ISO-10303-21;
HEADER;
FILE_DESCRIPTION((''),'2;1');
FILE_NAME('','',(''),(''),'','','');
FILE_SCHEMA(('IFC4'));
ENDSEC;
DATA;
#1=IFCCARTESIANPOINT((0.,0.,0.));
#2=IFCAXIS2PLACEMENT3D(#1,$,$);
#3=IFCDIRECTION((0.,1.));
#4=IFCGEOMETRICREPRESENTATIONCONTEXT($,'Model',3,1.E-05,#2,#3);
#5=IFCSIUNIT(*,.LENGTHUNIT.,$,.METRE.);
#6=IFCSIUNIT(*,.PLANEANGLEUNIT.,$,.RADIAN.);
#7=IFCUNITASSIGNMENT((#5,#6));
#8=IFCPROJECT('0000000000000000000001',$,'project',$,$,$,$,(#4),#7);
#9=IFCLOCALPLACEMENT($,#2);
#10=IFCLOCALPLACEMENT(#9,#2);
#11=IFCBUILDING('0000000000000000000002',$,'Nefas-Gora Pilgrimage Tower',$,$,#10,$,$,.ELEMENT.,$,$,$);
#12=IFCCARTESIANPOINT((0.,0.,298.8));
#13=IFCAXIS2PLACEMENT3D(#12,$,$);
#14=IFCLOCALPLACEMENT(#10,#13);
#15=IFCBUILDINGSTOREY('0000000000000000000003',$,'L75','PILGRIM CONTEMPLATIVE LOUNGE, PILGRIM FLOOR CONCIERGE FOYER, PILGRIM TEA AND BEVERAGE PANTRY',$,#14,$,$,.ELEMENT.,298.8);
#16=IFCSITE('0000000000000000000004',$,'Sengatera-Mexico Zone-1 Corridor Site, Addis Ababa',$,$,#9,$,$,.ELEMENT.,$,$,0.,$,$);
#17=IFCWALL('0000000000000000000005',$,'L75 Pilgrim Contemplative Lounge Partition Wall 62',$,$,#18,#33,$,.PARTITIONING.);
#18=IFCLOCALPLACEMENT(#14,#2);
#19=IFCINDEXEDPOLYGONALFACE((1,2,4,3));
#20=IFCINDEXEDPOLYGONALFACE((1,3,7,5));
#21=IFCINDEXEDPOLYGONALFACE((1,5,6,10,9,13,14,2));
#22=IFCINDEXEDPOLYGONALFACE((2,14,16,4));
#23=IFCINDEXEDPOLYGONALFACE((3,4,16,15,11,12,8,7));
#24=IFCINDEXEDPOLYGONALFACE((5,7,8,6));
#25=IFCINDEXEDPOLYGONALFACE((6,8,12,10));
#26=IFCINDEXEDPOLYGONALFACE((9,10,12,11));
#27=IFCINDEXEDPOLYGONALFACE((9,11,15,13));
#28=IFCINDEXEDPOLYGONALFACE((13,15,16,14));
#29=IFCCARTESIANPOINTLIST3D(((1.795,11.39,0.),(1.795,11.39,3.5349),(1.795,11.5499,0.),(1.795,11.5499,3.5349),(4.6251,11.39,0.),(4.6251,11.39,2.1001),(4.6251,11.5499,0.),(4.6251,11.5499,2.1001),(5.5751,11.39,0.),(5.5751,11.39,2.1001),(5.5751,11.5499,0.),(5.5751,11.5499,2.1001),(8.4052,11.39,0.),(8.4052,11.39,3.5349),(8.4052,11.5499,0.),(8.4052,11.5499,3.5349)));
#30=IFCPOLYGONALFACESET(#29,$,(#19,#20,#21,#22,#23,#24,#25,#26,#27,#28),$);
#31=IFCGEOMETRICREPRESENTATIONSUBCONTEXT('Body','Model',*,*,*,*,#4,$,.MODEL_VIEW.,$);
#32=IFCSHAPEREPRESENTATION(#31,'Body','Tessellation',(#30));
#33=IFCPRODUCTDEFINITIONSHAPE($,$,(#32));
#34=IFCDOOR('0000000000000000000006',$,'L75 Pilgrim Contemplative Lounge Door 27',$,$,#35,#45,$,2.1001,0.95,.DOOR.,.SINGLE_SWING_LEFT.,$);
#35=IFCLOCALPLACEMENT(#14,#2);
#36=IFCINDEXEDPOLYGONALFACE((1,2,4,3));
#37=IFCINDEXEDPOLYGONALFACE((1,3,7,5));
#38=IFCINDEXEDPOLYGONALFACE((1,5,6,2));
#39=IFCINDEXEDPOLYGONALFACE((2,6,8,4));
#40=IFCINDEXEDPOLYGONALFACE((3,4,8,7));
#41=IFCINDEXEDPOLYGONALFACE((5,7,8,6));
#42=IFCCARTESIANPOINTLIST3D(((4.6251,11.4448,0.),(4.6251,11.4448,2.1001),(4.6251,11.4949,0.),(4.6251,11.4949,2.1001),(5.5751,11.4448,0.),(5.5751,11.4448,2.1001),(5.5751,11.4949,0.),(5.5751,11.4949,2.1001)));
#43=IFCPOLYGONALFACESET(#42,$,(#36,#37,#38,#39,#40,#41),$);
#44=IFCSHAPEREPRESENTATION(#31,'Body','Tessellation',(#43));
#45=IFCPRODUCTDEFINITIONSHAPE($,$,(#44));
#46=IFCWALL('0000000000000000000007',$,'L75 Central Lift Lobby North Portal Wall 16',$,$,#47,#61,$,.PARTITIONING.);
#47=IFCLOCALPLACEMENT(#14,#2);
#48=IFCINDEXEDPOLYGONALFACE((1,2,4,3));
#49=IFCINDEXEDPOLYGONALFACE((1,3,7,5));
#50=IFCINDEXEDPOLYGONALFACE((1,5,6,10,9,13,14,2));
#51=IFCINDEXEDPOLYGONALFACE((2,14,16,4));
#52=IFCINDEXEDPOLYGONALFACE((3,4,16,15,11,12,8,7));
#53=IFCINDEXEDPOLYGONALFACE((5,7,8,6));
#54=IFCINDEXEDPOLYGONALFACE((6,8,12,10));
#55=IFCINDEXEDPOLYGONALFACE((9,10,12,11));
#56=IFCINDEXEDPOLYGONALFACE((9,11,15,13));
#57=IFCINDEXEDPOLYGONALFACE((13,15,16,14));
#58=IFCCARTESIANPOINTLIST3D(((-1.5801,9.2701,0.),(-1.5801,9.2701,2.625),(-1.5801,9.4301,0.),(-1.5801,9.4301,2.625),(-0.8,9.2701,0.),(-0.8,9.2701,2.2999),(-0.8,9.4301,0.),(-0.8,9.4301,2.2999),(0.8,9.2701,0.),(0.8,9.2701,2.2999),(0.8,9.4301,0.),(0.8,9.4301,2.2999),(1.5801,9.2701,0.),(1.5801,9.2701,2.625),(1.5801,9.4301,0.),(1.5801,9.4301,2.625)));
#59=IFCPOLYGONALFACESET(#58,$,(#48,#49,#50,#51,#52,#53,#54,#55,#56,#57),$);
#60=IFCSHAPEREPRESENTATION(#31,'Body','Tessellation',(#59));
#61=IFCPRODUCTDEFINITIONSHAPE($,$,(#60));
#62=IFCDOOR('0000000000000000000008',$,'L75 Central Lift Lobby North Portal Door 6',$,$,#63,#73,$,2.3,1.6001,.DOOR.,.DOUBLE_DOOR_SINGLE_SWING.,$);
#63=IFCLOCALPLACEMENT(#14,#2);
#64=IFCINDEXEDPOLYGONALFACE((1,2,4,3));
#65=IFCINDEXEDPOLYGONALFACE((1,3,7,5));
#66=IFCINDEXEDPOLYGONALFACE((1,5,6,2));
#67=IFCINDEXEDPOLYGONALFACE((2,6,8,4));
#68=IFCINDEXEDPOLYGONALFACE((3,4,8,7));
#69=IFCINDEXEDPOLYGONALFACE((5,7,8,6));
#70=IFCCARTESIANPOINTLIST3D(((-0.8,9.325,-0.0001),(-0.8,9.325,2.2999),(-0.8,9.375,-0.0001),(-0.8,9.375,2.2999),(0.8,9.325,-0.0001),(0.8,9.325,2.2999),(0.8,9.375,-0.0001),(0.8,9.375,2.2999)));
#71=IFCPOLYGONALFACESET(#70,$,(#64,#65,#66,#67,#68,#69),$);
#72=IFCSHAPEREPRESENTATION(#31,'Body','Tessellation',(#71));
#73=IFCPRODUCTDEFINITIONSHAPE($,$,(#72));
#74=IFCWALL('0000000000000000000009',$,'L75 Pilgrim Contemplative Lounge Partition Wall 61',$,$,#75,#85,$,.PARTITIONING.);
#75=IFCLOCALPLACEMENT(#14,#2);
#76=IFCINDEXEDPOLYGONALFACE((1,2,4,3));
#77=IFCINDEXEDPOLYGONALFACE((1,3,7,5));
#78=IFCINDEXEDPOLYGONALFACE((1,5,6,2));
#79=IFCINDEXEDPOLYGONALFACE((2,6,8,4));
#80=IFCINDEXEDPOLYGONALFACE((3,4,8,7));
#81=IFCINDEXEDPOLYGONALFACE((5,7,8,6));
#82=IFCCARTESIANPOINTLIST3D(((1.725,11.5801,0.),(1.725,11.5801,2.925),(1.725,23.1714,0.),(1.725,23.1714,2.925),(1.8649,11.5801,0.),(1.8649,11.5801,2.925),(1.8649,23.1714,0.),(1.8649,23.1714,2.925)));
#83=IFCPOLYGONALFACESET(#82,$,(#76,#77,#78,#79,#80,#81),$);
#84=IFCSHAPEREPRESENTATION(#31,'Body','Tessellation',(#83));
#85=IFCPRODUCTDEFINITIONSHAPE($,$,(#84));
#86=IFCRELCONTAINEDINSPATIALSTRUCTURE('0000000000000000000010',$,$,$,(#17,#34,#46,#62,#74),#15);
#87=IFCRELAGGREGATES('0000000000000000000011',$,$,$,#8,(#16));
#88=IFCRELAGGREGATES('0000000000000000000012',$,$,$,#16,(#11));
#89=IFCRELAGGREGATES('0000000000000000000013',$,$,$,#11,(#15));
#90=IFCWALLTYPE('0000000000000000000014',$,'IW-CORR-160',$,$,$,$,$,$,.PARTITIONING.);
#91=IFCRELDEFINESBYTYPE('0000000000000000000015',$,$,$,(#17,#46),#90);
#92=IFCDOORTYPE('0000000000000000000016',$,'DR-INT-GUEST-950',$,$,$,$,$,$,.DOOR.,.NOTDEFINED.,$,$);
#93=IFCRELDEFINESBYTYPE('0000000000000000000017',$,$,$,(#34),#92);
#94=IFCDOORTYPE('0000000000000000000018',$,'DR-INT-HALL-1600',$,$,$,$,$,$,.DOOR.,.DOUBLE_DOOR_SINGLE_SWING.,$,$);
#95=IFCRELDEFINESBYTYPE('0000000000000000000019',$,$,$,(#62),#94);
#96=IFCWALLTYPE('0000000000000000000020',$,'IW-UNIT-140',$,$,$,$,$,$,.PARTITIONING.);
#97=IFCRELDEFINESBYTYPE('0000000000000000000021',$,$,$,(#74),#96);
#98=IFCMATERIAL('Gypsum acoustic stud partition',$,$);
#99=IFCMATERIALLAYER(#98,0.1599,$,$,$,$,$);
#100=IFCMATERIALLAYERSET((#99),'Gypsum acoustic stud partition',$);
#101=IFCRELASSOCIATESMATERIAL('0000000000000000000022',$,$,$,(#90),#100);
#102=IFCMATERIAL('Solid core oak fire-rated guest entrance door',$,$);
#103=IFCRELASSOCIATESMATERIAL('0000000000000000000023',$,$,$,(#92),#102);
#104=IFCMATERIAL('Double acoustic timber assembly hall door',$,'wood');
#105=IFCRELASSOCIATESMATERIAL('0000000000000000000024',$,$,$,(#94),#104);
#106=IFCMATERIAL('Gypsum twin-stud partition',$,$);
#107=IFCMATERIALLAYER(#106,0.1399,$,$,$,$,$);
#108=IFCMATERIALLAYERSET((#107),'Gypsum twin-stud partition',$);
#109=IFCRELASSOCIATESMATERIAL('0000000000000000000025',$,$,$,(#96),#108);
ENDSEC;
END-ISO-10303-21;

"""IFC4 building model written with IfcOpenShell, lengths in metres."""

from ifc_helpers import new_model, si_unit, direction, frame, frame_2d, origin, place, context, subcontext, project, spatial, rectangle, extrude, source, transform, mapped, material, layer, layer_set, type_object, element, fill, save


model = new_model("IFC4")

# Units and contexts
model_context = context("Model", 3, precision=1e-05, world=origin(), true_north=direction((0.0, 1.0)))
body_context = subcontext(model_context, "Body", "Model", "MODEL_VIEW")
ifc_project = project(units=[si_unit("LENGTHUNIT", "METRE"), si_unit("PLANEANGLEUNIT", "RADIAN")], contexts=[model_context])

# Site, building, storey
site_placement = place(None, origin())
site = spatial("IfcSite", under=ifc_project, at=site_placement, Name="Sengatera-Mexico Zone-1 Corridor Site, Addis Ababa", CompositionType="ELEMENT", RefElevation=0.0)
building_placement = place(site_placement, origin())
building = spatial("IfcBuilding", under=site, at=building_placement, Name="Nefas-Gora Pilgrimage Tower", CompositionType="ELEMENT")
storey_placement = place(building_placement, frame((0.0, 0.0, 298.8)))
storey = spatial("IfcBuildingStorey", under=building, at=storey_placement, Name="L75", Description="PILGRIM CONTEMPLATIVE LOUNGE, PILGRIM FLOOR CONCIERGE FOYER, PILGRIM TEA AND BEVERAGE PANTRY", CompositionType="ELEMENT", Elevation=298.8)

# Walls, openings, doors
ifc_material_1 = material(Name="Gypsum acoustic stud partition")
ifc_layer_1 = layer(ifc_material_1, 0.1599)
ifc_layer_set_1 = layer_set([ifc_layer_1], Name="Gypsum acoustic stud partition")
wall_type_1 = type_object("IfcWallType", Name="IW-CORR-160", PredefinedType="PARTITIONING", material=ifc_layer_set_1)
shared_shape_1 = source(origin(), body_context, "Body", "SweptSolid", [
    extrude(rectangle(XDim=6.6101, YDim=0.1599, at=frame_2d((3.3052, 0.0))), origin(), (0.0, 0.0, 1.0), 3.5349),
])
wall_1_placement = place(storey_placement, frame((1.7949, 11.47, 0.0), z_axis=(0.0, 0.0, 1.0), x_axis=(1.0, 0.0, 0.0)))
wall_1 = element("IfcWall", 1, at=wall_1_placement, inside=storey, type_object=wall_type_1, Name="L75 Pilgrim Contemplative Lounge Partition Wall 62", PredefinedType="PARTITIONING", context=body_context, shape_type="MappedRepresentation", body=[
    mapped(shared_shape_1, transform((0.0, 0.0, 0.0), x_axis=(1.0, 0.0, 0.0), y_axis=(0.0, 1.0, 0.0), z_axis=(0.0, 0.0, 1.0), scale=1.0)),
])
opening_1_placement = place(wall_1_placement, frame((2.8301, 0.0, 0.0)))
opening_1 = element("IfcOpeningElement", 2, at=opening_1_placement, cuts=wall_1, PredefinedType="OPENING", context=body_context, shape_type="SweptSolid", body=[
    extrude(rectangle(XDim=0.95, YDim=2.1001, at=frame_2d((0.4751, 1.05))), frame((0.0, 0.0898, 0.0), z_axis=(0.0, -1.0, 0.0), x_axis=(1.0, 0.0, 0.0)), (0.0, 0.0, 1.0), 0.1799),
])
ifc_material_2 = material(Name="Solid core oak fire-rated guest entrance door")
door_type_1 = type_object("IfcDoorType", Name="DR-INT-GUEST-950", OperationType="NOTDEFINED", PredefinedType="DOOR", material=ifc_material_2)
shared_shape_2 = source(origin(), body_context, "Body", "SweptSolid", [
    extrude(rectangle(XDim=0.95, YDim=2.1001, at=frame_2d((0.4751, 1.05))), frame((0.0, 0.0249, 0.0), z_axis=(0.0, -1.0, 0.0), x_axis=(1.0, 0.0, 0.0)), (0.0, 0.0, 1.0), 0.05),
])
door_1_placement = place(opening_1_placement, origin())
door_1 = element("IfcDoor", 3, at=door_1_placement, inside=storey, type_object=door_type_1, Name="L75 Pilgrim Contemplative Lounge Door 27", OperationType="SINGLE_SWING_LEFT", OverallHeight=2.1001, OverallWidth=0.95, PredefinedType="DOOR", context=body_context, shape_type="MappedRepresentation", body=[
    mapped(shared_shape_2, transform((0.0, 0.0, 0.0), x_axis=(1.0, 0.0, 0.0), y_axis=(0.0, 1.0, 0.0), z_axis=(0.0, 0.0, 1.0), scale=1.0)),
])
fill(opening_1, door_1)
shared_shape_3 = source(origin(), body_context, "Body", "SweptSolid", [
    extrude(rectangle(XDim=3.1602, YDim=0.1599, at=frame_2d((1.5801, 0.0))), origin(), (0.0, 0.0, 1.0), 2.625),
])
wall_2_placement = place(storey_placement, frame((-1.5801, 9.3501, 0.0), z_axis=(0.0, 0.0, 1.0), x_axis=(1.0, 0.0, 0.0)))
wall_2 = element("IfcWall", 4, at=wall_2_placement, inside=storey, type_object=wall_type_1, Name="L75 Central Lift Lobby North Portal Wall 16", PredefinedType="PARTITIONING", context=body_context, shape_type="MappedRepresentation", body=[
    mapped(shared_shape_3, transform((0.0, 0.0, 0.0), x_axis=(1.0, 0.0, 0.0), y_axis=(0.0, 1.0, 0.0), z_axis=(0.0, 0.0, 1.0), scale=1.0)),
])
opening_2_placement = place(wall_2_placement, frame((0.78, 0.0, 0.0)))
opening_2 = element("IfcOpeningElement", 5, at=opening_2_placement, cuts=wall_2, PredefinedType="OPENING", context=body_context, shape_type="SweptSolid", body=[
    extrude(rectangle(XDim=1.6001, YDim=2.3, at=frame_2d((0.8, 1.1499))), frame((0.0, 0.0898, 0.0), z_axis=(0.0, -1.0, 0.0), x_axis=(1.0, 0.0, 0.0)), (0.0, 0.0, 1.0), 0.1799),
])
ifc_material_3 = material(Name="Double acoustic timber assembly hall door", Category="wood")
door_type_2 = type_object("IfcDoorType", Name="DR-INT-HALL-1600", OperationType="DOUBLE_DOOR_SINGLE_SWING", PredefinedType="DOOR", material=ifc_material_3)
shared_shape_4 = source(origin(), body_context, "Body", "SweptSolid", [
    extrude(rectangle(XDim=1.6001, YDim=2.3, at=frame_2d((0.8, 1.1499))), frame((0.0, 0.0249, 0.0), z_axis=(0.0, -1.0, 0.0), x_axis=(1.0, 0.0, 0.0)), (0.0, 0.0, 1.0), 0.05),
])
door_2_placement = place(opening_2_placement, origin())
door_2 = element("IfcDoor", 6, at=door_2_placement, inside=storey, type_object=door_type_2, Name="L75 Central Lift Lobby North Portal Door 6", OperationType="DOUBLE_DOOR_SINGLE_SWING", OverallHeight=2.3, OverallWidth=1.6001, PredefinedType="DOOR", context=body_context, shape_type="MappedRepresentation", body=[
    mapped(shared_shape_4, transform((0.0, 0.0, 0.0), x_axis=(1.0, 0.0, 0.0), y_axis=(0.0, 1.0, 0.0), z_axis=(0.0, 0.0, 1.0), scale=1.0)),
])
fill(opening_2, door_2)

# Wall
ifc_material_4 = material(Name="Gypsum twin-stud partition")
ifc_layer_2 = layer(ifc_material_4, 0.1399)
ifc_layer_set_2 = layer_set([ifc_layer_2], Name="Gypsum twin-stud partition")
wall_type_2 = type_object("IfcWallType", Name="IW-UNIT-140", PredefinedType="PARTITIONING", material=ifc_layer_set_2)
shared_shape_5 = source(origin(), body_context, "Body", "SweptSolid", [
    extrude(rectangle(XDim=11.5913, YDim=0.1399, at=frame_2d((5.7957, 0.0))), origin(), (0.0, 0.0, 1.0), 2.925),
])
wall_3_placement = place(storey_placement, frame((1.7949, 11.5801, 0.0), z_axis=(0.0, 0.0, 1.0), x_axis=(0.0, 1.0, 0.0)))
element("IfcWall", 7, at=wall_3_placement, inside=storey, type_object=wall_type_2, Name="L75 Pilgrim Contemplative Lounge Partition Wall 61", PredefinedType="PARTITIONING", context=body_context, shape_type="MappedRepresentation", body=[
    mapped(shared_shape_5, transform((0.0, 0.0, 0.0), x_axis=(1.0, 0.0, 0.0), y_axis=(0.0, 1.0, 0.0), z_axis=(0.0, 0.0, 1.0), scale=1.0)),
])

save(model, "model.ifc")
